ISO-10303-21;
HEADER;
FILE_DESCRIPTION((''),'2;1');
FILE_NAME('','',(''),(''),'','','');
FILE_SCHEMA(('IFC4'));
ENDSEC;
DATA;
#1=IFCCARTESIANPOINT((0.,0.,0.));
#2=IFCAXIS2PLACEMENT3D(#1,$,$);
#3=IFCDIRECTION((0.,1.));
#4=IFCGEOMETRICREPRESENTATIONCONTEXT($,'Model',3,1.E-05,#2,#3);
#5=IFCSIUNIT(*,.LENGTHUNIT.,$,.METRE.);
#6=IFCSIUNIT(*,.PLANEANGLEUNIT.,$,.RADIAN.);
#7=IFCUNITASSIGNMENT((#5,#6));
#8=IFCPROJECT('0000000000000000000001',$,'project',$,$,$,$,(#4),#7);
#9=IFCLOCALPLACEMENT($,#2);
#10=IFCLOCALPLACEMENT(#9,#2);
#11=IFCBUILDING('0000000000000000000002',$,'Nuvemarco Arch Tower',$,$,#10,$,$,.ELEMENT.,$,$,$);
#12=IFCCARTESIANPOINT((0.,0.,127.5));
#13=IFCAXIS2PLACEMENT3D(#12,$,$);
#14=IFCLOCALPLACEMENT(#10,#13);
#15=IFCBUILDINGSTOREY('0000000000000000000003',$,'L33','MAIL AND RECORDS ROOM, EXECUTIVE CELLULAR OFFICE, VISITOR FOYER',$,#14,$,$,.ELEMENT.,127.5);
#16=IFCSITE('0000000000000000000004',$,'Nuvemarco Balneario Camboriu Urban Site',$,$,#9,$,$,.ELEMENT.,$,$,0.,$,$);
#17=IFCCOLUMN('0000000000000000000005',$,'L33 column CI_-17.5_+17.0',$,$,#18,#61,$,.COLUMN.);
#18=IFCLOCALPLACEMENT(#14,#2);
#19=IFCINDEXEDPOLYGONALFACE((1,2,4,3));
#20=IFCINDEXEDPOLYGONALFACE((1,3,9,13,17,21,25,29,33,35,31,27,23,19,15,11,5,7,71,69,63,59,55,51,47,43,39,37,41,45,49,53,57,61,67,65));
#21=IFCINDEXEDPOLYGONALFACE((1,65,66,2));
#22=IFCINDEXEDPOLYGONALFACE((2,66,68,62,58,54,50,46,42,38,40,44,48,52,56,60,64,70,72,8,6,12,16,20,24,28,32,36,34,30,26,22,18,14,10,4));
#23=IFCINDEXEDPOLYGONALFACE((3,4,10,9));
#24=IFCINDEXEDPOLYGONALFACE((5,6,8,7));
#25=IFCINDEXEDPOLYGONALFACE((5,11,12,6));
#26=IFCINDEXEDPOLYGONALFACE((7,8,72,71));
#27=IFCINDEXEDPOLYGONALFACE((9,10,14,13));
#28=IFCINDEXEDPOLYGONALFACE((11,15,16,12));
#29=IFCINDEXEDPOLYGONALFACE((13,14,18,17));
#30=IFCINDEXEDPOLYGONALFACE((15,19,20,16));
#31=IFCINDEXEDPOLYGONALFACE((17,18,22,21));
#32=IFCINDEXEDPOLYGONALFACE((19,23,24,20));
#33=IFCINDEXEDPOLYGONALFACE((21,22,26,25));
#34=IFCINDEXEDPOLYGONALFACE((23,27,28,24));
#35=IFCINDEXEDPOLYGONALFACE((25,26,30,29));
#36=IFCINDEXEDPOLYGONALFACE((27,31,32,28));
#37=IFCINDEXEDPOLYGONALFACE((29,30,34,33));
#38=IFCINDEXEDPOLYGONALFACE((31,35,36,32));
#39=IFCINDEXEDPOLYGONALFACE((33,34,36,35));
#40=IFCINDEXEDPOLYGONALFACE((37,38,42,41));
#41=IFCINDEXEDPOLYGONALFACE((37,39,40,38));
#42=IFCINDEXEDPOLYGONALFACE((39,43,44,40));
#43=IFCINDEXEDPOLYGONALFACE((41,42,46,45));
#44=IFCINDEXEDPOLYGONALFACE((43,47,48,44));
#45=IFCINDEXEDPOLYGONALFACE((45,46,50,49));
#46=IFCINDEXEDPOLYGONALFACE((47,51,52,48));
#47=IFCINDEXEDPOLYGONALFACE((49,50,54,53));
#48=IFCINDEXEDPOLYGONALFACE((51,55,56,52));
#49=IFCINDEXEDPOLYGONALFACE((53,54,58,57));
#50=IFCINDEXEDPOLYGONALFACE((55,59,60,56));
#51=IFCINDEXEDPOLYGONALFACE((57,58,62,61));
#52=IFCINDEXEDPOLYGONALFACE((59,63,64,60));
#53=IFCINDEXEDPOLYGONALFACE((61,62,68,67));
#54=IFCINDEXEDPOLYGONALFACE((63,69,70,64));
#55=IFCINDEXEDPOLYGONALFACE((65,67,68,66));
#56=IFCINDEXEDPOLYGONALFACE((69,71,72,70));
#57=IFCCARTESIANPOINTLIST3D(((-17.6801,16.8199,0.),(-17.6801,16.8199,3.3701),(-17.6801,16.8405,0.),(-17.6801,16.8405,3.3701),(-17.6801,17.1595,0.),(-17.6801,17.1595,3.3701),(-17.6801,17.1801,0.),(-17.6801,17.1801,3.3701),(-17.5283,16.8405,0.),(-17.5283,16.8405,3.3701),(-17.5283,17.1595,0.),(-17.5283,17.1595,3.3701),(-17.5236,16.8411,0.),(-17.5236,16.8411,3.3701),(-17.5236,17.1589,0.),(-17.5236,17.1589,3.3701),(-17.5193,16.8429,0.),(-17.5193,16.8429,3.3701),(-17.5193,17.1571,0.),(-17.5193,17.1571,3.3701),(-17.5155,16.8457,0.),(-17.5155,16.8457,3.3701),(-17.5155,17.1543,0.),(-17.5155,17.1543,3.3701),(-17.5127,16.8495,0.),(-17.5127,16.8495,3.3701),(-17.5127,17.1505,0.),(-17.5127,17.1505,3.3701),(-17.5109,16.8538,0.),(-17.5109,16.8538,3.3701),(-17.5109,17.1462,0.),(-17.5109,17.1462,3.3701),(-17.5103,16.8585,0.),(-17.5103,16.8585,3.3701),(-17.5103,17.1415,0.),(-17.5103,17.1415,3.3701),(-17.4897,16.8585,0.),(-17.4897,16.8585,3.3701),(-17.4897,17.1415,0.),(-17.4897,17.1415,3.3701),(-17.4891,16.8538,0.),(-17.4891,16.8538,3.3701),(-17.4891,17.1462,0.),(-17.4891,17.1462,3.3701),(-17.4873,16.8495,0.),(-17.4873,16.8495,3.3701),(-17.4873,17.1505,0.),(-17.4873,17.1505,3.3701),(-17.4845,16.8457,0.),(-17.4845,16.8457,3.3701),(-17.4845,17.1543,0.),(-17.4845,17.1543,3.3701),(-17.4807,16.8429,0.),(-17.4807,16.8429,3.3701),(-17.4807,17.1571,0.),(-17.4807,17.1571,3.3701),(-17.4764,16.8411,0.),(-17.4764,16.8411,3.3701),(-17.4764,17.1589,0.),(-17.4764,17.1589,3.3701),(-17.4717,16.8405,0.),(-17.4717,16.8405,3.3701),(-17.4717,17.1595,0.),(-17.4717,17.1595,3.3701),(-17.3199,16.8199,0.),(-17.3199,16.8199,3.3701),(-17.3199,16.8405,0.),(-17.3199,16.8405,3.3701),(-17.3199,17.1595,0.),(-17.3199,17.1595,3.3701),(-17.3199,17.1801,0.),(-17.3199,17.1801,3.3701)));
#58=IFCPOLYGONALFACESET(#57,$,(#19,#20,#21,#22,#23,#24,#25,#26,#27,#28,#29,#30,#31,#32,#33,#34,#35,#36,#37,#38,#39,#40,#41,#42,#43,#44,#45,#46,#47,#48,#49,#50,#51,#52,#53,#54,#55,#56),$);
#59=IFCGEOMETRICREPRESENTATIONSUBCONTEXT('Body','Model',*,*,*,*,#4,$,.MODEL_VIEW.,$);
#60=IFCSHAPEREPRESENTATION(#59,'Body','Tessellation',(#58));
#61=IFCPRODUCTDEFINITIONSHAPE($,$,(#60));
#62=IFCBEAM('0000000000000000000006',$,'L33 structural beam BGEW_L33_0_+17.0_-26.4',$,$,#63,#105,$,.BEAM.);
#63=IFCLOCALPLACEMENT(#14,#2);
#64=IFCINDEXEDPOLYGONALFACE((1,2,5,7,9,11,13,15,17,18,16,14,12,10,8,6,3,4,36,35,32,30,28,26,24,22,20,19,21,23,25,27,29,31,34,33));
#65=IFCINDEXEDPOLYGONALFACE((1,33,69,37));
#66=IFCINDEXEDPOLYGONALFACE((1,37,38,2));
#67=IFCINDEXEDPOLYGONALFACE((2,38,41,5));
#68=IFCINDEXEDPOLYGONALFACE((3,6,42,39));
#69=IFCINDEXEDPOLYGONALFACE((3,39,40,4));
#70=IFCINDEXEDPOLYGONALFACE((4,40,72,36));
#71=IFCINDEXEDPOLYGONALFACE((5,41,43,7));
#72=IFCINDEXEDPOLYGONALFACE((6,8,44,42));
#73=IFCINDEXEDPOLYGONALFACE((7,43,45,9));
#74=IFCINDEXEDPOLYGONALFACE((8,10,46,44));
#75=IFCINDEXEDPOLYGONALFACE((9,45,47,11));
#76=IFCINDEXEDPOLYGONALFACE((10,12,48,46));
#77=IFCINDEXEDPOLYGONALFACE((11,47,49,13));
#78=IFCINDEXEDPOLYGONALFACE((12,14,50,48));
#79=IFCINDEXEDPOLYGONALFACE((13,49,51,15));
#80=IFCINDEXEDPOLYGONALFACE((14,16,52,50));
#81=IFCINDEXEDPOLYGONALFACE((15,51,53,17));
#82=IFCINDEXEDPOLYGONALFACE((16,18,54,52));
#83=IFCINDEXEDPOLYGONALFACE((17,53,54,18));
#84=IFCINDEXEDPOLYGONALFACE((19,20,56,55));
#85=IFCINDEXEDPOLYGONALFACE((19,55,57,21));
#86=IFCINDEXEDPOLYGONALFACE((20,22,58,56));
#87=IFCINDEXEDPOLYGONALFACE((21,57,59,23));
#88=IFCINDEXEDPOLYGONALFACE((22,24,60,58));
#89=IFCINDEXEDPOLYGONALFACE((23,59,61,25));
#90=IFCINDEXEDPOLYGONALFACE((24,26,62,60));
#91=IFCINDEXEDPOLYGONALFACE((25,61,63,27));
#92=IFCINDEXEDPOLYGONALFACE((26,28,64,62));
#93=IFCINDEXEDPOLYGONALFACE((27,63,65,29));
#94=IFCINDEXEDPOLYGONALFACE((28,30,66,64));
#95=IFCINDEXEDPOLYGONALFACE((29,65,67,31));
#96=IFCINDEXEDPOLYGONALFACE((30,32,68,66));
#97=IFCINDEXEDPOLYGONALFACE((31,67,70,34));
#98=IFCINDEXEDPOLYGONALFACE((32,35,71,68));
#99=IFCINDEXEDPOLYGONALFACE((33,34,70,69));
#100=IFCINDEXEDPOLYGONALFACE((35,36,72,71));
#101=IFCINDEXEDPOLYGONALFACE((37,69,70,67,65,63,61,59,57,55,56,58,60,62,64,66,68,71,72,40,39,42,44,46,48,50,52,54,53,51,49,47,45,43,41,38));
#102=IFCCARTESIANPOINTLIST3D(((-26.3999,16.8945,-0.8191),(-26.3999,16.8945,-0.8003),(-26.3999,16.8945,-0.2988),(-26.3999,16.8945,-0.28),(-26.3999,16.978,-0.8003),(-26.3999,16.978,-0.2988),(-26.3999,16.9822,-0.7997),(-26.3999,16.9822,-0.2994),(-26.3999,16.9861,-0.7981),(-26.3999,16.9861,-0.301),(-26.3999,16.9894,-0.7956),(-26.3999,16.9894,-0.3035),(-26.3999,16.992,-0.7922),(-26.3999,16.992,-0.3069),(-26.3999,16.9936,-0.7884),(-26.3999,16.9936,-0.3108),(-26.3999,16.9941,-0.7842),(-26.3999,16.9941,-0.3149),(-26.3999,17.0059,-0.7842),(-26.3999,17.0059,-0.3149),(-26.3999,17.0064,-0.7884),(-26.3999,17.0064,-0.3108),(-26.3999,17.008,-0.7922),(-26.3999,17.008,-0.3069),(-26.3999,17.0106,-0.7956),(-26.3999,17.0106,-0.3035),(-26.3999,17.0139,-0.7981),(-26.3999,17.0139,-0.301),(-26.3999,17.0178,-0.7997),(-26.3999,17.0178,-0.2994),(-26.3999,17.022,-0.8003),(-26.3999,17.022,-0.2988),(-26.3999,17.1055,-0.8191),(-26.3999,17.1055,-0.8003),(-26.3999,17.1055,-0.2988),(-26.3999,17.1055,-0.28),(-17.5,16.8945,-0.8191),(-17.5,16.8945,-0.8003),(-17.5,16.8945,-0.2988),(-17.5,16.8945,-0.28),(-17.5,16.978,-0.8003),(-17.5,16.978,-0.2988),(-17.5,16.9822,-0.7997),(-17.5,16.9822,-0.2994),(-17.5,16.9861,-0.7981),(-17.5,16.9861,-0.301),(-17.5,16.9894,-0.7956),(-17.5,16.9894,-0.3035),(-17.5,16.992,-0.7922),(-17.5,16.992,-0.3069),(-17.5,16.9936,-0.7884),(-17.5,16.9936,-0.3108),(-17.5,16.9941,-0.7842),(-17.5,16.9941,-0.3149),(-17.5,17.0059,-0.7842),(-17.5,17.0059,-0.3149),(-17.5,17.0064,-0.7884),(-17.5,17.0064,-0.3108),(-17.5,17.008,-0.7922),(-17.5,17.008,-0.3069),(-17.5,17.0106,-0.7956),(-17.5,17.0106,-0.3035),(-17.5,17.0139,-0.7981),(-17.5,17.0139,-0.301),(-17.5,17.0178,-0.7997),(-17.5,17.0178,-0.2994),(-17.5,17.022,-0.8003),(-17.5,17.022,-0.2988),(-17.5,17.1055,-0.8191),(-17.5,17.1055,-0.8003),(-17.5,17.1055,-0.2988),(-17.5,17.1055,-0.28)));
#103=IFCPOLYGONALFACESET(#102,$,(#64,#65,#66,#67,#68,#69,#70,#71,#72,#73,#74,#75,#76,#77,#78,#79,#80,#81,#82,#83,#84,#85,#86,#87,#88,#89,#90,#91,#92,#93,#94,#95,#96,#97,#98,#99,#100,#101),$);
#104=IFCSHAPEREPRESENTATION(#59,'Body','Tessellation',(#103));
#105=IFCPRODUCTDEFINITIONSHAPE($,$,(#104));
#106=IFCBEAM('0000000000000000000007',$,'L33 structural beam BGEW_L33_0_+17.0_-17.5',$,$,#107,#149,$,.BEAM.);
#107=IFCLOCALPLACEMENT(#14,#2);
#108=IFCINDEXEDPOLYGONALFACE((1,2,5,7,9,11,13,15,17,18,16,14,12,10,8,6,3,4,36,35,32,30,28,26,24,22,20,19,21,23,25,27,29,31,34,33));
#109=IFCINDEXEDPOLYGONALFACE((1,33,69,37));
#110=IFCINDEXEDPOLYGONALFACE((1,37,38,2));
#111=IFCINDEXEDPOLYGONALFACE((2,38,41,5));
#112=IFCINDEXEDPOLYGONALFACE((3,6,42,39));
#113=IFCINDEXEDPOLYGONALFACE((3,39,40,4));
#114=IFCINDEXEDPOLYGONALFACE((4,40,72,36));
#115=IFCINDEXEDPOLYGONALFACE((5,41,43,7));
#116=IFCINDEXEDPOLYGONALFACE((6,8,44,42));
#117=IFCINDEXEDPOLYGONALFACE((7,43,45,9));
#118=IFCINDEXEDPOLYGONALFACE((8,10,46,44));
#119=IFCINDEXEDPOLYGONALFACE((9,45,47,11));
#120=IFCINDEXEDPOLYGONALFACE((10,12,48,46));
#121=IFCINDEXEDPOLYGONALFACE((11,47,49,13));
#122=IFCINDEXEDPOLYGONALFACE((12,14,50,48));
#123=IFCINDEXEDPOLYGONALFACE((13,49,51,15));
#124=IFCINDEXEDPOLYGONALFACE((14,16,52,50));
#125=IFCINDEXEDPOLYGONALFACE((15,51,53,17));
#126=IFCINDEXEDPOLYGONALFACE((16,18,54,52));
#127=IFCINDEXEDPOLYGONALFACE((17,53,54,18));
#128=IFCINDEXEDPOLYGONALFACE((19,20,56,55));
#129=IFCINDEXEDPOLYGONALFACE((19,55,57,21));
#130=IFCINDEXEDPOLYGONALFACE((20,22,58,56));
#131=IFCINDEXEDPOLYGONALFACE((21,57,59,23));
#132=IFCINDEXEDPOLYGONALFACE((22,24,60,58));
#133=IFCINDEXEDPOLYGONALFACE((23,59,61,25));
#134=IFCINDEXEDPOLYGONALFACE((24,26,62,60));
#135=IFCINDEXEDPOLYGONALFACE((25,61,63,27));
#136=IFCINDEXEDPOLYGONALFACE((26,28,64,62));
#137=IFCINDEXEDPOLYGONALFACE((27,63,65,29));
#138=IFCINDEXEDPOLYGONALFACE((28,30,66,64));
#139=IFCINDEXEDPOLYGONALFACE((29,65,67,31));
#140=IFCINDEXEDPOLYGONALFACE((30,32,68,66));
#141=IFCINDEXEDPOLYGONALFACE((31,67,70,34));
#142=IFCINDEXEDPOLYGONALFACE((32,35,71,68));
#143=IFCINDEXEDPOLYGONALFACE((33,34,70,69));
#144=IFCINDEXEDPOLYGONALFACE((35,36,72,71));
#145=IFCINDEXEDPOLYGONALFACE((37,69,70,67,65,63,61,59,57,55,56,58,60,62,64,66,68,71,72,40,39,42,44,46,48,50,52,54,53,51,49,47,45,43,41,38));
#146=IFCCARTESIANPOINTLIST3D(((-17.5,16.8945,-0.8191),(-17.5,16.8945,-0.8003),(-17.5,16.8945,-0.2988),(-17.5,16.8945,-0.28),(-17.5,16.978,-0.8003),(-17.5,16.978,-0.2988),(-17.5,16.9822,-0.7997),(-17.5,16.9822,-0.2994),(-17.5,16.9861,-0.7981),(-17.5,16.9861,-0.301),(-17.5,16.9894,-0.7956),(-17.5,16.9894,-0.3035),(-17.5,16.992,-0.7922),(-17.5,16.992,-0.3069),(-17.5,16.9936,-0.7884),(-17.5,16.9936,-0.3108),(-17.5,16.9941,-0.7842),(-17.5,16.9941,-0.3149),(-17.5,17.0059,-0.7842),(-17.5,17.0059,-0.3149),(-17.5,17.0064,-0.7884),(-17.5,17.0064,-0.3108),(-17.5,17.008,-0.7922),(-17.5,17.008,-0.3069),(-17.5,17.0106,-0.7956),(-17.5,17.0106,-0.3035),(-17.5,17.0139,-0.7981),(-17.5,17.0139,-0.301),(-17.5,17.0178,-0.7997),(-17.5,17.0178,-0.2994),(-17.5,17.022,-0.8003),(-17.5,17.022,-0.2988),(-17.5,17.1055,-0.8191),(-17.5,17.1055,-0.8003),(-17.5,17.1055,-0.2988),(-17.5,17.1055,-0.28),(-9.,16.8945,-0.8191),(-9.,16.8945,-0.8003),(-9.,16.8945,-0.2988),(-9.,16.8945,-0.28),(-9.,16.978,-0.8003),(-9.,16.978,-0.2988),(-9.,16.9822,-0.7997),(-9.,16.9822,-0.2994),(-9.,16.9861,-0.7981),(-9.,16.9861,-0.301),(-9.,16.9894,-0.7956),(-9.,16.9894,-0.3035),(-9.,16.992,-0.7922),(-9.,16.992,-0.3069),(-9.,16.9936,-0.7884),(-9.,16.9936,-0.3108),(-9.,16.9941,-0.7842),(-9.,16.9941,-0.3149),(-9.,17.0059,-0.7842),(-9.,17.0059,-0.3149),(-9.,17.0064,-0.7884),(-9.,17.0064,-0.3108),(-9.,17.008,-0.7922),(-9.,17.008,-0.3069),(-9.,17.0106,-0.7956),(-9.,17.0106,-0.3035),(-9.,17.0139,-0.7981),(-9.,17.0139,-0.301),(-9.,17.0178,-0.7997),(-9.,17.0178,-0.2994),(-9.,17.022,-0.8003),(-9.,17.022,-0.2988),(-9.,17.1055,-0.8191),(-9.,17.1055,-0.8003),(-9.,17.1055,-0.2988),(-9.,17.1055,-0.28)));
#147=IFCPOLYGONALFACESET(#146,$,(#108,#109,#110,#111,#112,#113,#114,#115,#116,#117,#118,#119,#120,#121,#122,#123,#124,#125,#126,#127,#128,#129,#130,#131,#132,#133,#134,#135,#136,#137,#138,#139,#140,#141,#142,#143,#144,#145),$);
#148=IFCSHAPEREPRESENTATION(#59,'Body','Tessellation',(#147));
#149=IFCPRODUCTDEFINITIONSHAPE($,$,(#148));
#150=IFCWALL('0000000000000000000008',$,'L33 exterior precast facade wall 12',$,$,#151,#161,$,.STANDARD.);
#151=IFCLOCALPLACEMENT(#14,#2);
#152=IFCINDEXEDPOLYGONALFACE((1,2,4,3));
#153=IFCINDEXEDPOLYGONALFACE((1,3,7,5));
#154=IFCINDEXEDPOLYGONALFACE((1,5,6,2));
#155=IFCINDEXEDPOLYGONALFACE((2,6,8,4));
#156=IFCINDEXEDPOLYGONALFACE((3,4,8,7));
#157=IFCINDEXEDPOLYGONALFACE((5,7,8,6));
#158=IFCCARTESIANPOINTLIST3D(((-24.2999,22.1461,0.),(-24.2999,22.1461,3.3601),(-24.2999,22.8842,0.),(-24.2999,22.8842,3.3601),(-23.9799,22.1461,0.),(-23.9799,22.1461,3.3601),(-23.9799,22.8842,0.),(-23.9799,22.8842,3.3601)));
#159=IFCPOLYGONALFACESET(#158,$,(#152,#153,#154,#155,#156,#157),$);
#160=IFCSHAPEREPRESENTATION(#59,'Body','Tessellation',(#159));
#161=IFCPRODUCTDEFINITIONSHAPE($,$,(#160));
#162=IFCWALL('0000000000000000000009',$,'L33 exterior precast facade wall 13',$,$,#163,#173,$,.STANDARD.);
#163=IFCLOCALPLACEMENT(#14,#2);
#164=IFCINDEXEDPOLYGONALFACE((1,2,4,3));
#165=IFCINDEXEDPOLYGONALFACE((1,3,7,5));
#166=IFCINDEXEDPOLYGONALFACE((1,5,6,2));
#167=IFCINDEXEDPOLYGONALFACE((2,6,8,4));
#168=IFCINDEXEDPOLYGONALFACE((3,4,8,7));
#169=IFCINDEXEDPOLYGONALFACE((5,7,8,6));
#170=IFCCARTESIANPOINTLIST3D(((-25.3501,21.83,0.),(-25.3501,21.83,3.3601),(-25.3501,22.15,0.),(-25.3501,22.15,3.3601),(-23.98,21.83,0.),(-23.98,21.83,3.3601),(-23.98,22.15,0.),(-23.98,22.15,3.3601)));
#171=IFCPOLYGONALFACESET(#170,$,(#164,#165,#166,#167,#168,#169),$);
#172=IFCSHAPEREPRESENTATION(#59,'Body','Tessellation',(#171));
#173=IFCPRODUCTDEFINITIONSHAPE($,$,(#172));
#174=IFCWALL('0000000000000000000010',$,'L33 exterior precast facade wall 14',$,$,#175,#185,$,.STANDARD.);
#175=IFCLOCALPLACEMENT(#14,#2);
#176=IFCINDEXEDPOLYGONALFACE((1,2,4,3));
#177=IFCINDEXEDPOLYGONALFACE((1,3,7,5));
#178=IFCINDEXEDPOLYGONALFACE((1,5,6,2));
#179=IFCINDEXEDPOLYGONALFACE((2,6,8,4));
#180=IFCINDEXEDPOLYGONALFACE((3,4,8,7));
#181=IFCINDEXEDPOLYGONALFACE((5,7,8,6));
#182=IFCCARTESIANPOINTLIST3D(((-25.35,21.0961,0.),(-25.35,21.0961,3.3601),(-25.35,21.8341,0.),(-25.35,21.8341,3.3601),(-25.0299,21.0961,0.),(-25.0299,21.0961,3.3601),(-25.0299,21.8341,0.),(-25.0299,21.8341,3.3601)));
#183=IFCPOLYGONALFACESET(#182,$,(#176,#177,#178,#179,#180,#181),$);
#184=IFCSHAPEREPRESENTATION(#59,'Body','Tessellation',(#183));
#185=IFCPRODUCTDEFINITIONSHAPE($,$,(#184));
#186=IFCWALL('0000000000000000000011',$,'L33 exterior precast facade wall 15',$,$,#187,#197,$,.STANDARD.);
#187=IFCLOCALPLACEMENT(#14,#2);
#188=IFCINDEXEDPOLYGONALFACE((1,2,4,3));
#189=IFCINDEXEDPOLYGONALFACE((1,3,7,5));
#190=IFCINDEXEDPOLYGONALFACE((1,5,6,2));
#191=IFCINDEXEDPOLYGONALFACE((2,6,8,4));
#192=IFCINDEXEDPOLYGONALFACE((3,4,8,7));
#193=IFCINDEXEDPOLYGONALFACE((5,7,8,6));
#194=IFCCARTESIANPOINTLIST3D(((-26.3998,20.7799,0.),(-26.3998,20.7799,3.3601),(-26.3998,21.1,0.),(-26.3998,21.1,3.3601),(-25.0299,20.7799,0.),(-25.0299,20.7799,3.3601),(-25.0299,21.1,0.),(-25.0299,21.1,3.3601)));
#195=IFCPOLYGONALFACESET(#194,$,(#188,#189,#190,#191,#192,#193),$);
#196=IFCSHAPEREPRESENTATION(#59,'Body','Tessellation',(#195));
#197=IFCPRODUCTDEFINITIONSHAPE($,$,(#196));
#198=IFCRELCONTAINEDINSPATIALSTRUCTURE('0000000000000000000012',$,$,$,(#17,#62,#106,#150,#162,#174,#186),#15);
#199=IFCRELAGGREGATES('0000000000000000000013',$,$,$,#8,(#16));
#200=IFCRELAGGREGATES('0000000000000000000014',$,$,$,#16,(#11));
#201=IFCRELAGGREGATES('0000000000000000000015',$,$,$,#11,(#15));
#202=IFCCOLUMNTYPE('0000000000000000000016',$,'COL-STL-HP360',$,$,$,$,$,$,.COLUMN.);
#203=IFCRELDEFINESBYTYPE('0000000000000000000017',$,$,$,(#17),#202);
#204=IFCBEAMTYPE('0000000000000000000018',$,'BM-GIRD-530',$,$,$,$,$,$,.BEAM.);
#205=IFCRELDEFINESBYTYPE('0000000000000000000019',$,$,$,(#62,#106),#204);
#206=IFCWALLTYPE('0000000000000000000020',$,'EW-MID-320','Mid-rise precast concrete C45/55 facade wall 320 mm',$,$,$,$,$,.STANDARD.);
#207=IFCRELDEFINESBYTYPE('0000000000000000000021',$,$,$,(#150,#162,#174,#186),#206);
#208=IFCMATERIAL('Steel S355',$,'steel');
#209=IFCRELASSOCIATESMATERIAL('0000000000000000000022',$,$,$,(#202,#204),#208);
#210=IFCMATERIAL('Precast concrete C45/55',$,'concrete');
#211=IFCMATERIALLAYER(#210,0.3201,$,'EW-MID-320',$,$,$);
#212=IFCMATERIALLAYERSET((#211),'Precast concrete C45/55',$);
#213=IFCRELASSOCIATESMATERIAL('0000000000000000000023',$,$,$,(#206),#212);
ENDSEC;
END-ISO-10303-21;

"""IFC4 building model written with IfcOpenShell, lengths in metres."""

from ifc_helpers import new_model, si_unit, direction, frame, frame_2d, origin, origin_2d, place, context, subcontext, project, spatial, rectangle, i_section, extrude, material, layer, layer_set, material_profile, profile_set, type_object, element, save


model = new_model("IFC4")

# Units and contexts
model_context = context("Model", 3, precision=1e-05, world=origin(), true_north=direction((0.0, 1.0)))
body_context = subcontext(model_context, "Body", "Model", "MODEL_VIEW")
ifc_project = project(units=[si_unit("LENGTHUNIT", "METRE"), si_unit("PLANEANGLEUNIT", "RADIAN")], contexts=[model_context])

# Site, building, storey
site_placement = place(None, origin())
site = spatial("IfcSite", under=ifc_project, at=site_placement, Name="Nuvemarco Balneario Camboriu Urban Site", CompositionType="ELEMENT", RefElevation=0.0)
building_placement = place(site_placement, origin())
building = spatial("IfcBuilding", under=site, at=building_placement, Name="Nuvemarco Arch Tower", CompositionType="ELEMENT")
storey_placement = place(building_placement, frame((0.0, 0.0, 127.5)))
storey = spatial("IfcBuildingStorey", under=building, at=storey_placement, Name="L33", Description="MAIL AND RECORDS ROOM, EXECUTIVE CELLULAR OFFICE, VISITOR FOYER", CompositionType="ELEMENT", Elevation=127.5)

# Column
ifc_material_1 = material(Name="Steel S355", Category="steel")
ifc_material_profile_1 = material_profile(ifc_material_1, i_section(OverallWidth=0.3601, OverallDepth=0.3601, WebThickness=0.0205, FlangeThickness=0.0205, FilletRadius=0.0181, at=origin_2d()), Name="HP360x174")
ifc_profile_set_1 = profile_set([ifc_material_profile_1], Name="Steel S355")
column_type = type_object("IfcColumnType", Name="COL-STL-HP360", PredefinedType="COLUMN", material=ifc_profile_set_1)
column_placement = place(storey_placement, frame((-17.5, 17.0, 0.0), z_axis=(0.0, 0.0, 1.0), x_axis=(1.0, 0.0, 0.0)))
element("IfcColumn", 1, at=column_placement, inside=storey, type_object=column_type, Name="L33 column CI_-17.5_+17.0", PredefinedType="COLUMN", context=body_context, shape_type="SweptSolid", body=[
    extrude(i_section(OverallWidth=0.3601, OverallDepth=0.3601, WebThickness=0.0205, FlangeThickness=0.0205, FilletRadius=0.0181, at=origin_2d()), origin(), (0.0, 0.0, 1.0), 3.3701),
])

# Beams
ifc_material_profile_2 = material_profile(ifc_material_1, i_section(OverallWidth=0.2109, OverallDepth=0.5391, WebThickness=0.0117, FlangeThickness=0.0188, FilletRadius=0.0161, at=origin_2d()), Name="W530x109")
ifc_profile_set_2 = profile_set([ifc_material_profile_2], Name="Steel S355")
beam_type = type_object("IfcBeamType", Name="BM-GIRD-530", PredefinedType="BEAM", material=ifc_profile_set_2)
beam_1_placement = place(storey_placement, frame((-26.3999, 17.0, -0.5496), z_axis=(1.0, 0.0, 0.0), x_axis=(0.0, 1.0, 0.0)))
element("IfcBeam", 2, at=beam_1_placement, inside=storey, type_object=beam_type, Name="L33 structural beam BGEW_L33_0_+17.0_-26.4", PredefinedType="BEAM", context=body_context, shape_type="SweptSolid", body=[
    extrude(i_section(OverallWidth=0.2109, OverallDepth=0.5391, WebThickness=0.0117, FlangeThickness=0.0188, FilletRadius=0.0161, at=origin_2d()), origin(), (0.0, 0.0, 1.0), 8.8999),
])
beam_2_placement = place(storey_placement, frame((-17.5, 17.0, -0.5496), z_axis=(1.0, 0.0, 0.0), x_axis=(0.0, 1.0, 0.0)))
element("IfcBeam", 3, at=beam_2_placement, inside=storey, type_object=beam_type, Name="L33 structural beam BGEW_L33_0_+17.0_-17.5", PredefinedType="BEAM", context=body_context, shape_type="SweptSolid", body=[
    extrude(i_section(OverallWidth=0.2109, OverallDepth=0.5391, WebThickness=0.0117, FlangeThickness=0.0188, FilletRadius=0.0161, at=origin_2d()), origin(), (0.0, 0.0, 1.0), 8.5),
])

# Shared definitions
ifc_material_2 = material(Name="Precast concrete C45/55", Category="concrete")
ifc_layer = layer(ifc_material_2, 0.3201, Name="EW-MID-320")
ifc_layer_set = layer_set([ifc_layer], Name="Precast concrete C45/55")
wall_type = type_object("IfcWallType", Name="EW-MID-320", Description="Mid-rise precast concrete C45/55 facade wall 320 mm", PredefinedType="STANDARD", material=ifc_layer_set)

# Walls
wall_1_placement = place(storey_placement, frame((-24.1399, 22.146, 0.0), z_axis=(0.0, 0.0, 1.0), x_axis=(0.0, 1.0, 0.0)))
element("IfcWall", 4, at=wall_1_placement, inside=storey, type_object=wall_type, Name="L33 exterior precast facade wall 12", PredefinedType="STANDARD", context=body_context, shape_type="SweptSolid", body=[
    extrude(rectangle(XDim=0.738, YDim=0.3201, at=frame_2d((0.3691, 0.0))), origin(), (0.0, 0.0, 1.0), 3.3601),
])
wall_2_placement = place(storey_placement, frame((-25.3501, 21.99, 0.0), z_axis=(0.0, 0.0, 1.0), x_axis=(1.0, 0.0, 0.0)))
element("IfcWall", 5, at=wall_2_placement, inside=storey, type_object=wall_type, Name="L33 exterior precast facade wall 13", PredefinedType="STANDARD", context=body_context, shape_type="SweptSolid", body=[
    extrude(rectangle(XDim=1.3701, YDim=0.3201, at=frame_2d((0.6851, 0.0))), origin(), (0.0, 0.0, 1.0), 3.3601),
])
wall_3_placement = place(storey_placement, frame((-25.1899, 21.0959, 0.0), z_axis=(0.0, 0.0, 1.0), x_axis=(0.0, 1.0, 0.0)))
element("IfcWall", 6, at=wall_3_placement, inside=storey, type_object=wall_type, Name="L33 exterior precast facade wall 14", PredefinedType="STANDARD", context=body_context, shape_type="SweptSolid", body=[
    extrude(rectangle(XDim=0.738, YDim=0.3201, at=frame_2d((0.3691, 0.0))), origin(), (0.0, 0.0, 1.0), 3.3601),
])
wall_4_placement = place(storey_placement, frame((-26.3999, 20.9399, 0.0), z_axis=(0.0, 0.0, 1.0), x_axis=(1.0, 0.0, 0.0)))
element("IfcWall", 7, at=wall_4_placement, inside=storey, type_object=wall_type, Name="L33 exterior precast facade wall 15", PredefinedType="STANDARD", context=body_context, shape_type="SweptSolid", body=[
    extrude(rectangle(XDim=1.3699, YDim=0.3201, at=frame_2d((0.6851, 0.0))), origin(), (0.0, 0.0, 1.0), 3.3601),
])

save(model, "model.ifc")
